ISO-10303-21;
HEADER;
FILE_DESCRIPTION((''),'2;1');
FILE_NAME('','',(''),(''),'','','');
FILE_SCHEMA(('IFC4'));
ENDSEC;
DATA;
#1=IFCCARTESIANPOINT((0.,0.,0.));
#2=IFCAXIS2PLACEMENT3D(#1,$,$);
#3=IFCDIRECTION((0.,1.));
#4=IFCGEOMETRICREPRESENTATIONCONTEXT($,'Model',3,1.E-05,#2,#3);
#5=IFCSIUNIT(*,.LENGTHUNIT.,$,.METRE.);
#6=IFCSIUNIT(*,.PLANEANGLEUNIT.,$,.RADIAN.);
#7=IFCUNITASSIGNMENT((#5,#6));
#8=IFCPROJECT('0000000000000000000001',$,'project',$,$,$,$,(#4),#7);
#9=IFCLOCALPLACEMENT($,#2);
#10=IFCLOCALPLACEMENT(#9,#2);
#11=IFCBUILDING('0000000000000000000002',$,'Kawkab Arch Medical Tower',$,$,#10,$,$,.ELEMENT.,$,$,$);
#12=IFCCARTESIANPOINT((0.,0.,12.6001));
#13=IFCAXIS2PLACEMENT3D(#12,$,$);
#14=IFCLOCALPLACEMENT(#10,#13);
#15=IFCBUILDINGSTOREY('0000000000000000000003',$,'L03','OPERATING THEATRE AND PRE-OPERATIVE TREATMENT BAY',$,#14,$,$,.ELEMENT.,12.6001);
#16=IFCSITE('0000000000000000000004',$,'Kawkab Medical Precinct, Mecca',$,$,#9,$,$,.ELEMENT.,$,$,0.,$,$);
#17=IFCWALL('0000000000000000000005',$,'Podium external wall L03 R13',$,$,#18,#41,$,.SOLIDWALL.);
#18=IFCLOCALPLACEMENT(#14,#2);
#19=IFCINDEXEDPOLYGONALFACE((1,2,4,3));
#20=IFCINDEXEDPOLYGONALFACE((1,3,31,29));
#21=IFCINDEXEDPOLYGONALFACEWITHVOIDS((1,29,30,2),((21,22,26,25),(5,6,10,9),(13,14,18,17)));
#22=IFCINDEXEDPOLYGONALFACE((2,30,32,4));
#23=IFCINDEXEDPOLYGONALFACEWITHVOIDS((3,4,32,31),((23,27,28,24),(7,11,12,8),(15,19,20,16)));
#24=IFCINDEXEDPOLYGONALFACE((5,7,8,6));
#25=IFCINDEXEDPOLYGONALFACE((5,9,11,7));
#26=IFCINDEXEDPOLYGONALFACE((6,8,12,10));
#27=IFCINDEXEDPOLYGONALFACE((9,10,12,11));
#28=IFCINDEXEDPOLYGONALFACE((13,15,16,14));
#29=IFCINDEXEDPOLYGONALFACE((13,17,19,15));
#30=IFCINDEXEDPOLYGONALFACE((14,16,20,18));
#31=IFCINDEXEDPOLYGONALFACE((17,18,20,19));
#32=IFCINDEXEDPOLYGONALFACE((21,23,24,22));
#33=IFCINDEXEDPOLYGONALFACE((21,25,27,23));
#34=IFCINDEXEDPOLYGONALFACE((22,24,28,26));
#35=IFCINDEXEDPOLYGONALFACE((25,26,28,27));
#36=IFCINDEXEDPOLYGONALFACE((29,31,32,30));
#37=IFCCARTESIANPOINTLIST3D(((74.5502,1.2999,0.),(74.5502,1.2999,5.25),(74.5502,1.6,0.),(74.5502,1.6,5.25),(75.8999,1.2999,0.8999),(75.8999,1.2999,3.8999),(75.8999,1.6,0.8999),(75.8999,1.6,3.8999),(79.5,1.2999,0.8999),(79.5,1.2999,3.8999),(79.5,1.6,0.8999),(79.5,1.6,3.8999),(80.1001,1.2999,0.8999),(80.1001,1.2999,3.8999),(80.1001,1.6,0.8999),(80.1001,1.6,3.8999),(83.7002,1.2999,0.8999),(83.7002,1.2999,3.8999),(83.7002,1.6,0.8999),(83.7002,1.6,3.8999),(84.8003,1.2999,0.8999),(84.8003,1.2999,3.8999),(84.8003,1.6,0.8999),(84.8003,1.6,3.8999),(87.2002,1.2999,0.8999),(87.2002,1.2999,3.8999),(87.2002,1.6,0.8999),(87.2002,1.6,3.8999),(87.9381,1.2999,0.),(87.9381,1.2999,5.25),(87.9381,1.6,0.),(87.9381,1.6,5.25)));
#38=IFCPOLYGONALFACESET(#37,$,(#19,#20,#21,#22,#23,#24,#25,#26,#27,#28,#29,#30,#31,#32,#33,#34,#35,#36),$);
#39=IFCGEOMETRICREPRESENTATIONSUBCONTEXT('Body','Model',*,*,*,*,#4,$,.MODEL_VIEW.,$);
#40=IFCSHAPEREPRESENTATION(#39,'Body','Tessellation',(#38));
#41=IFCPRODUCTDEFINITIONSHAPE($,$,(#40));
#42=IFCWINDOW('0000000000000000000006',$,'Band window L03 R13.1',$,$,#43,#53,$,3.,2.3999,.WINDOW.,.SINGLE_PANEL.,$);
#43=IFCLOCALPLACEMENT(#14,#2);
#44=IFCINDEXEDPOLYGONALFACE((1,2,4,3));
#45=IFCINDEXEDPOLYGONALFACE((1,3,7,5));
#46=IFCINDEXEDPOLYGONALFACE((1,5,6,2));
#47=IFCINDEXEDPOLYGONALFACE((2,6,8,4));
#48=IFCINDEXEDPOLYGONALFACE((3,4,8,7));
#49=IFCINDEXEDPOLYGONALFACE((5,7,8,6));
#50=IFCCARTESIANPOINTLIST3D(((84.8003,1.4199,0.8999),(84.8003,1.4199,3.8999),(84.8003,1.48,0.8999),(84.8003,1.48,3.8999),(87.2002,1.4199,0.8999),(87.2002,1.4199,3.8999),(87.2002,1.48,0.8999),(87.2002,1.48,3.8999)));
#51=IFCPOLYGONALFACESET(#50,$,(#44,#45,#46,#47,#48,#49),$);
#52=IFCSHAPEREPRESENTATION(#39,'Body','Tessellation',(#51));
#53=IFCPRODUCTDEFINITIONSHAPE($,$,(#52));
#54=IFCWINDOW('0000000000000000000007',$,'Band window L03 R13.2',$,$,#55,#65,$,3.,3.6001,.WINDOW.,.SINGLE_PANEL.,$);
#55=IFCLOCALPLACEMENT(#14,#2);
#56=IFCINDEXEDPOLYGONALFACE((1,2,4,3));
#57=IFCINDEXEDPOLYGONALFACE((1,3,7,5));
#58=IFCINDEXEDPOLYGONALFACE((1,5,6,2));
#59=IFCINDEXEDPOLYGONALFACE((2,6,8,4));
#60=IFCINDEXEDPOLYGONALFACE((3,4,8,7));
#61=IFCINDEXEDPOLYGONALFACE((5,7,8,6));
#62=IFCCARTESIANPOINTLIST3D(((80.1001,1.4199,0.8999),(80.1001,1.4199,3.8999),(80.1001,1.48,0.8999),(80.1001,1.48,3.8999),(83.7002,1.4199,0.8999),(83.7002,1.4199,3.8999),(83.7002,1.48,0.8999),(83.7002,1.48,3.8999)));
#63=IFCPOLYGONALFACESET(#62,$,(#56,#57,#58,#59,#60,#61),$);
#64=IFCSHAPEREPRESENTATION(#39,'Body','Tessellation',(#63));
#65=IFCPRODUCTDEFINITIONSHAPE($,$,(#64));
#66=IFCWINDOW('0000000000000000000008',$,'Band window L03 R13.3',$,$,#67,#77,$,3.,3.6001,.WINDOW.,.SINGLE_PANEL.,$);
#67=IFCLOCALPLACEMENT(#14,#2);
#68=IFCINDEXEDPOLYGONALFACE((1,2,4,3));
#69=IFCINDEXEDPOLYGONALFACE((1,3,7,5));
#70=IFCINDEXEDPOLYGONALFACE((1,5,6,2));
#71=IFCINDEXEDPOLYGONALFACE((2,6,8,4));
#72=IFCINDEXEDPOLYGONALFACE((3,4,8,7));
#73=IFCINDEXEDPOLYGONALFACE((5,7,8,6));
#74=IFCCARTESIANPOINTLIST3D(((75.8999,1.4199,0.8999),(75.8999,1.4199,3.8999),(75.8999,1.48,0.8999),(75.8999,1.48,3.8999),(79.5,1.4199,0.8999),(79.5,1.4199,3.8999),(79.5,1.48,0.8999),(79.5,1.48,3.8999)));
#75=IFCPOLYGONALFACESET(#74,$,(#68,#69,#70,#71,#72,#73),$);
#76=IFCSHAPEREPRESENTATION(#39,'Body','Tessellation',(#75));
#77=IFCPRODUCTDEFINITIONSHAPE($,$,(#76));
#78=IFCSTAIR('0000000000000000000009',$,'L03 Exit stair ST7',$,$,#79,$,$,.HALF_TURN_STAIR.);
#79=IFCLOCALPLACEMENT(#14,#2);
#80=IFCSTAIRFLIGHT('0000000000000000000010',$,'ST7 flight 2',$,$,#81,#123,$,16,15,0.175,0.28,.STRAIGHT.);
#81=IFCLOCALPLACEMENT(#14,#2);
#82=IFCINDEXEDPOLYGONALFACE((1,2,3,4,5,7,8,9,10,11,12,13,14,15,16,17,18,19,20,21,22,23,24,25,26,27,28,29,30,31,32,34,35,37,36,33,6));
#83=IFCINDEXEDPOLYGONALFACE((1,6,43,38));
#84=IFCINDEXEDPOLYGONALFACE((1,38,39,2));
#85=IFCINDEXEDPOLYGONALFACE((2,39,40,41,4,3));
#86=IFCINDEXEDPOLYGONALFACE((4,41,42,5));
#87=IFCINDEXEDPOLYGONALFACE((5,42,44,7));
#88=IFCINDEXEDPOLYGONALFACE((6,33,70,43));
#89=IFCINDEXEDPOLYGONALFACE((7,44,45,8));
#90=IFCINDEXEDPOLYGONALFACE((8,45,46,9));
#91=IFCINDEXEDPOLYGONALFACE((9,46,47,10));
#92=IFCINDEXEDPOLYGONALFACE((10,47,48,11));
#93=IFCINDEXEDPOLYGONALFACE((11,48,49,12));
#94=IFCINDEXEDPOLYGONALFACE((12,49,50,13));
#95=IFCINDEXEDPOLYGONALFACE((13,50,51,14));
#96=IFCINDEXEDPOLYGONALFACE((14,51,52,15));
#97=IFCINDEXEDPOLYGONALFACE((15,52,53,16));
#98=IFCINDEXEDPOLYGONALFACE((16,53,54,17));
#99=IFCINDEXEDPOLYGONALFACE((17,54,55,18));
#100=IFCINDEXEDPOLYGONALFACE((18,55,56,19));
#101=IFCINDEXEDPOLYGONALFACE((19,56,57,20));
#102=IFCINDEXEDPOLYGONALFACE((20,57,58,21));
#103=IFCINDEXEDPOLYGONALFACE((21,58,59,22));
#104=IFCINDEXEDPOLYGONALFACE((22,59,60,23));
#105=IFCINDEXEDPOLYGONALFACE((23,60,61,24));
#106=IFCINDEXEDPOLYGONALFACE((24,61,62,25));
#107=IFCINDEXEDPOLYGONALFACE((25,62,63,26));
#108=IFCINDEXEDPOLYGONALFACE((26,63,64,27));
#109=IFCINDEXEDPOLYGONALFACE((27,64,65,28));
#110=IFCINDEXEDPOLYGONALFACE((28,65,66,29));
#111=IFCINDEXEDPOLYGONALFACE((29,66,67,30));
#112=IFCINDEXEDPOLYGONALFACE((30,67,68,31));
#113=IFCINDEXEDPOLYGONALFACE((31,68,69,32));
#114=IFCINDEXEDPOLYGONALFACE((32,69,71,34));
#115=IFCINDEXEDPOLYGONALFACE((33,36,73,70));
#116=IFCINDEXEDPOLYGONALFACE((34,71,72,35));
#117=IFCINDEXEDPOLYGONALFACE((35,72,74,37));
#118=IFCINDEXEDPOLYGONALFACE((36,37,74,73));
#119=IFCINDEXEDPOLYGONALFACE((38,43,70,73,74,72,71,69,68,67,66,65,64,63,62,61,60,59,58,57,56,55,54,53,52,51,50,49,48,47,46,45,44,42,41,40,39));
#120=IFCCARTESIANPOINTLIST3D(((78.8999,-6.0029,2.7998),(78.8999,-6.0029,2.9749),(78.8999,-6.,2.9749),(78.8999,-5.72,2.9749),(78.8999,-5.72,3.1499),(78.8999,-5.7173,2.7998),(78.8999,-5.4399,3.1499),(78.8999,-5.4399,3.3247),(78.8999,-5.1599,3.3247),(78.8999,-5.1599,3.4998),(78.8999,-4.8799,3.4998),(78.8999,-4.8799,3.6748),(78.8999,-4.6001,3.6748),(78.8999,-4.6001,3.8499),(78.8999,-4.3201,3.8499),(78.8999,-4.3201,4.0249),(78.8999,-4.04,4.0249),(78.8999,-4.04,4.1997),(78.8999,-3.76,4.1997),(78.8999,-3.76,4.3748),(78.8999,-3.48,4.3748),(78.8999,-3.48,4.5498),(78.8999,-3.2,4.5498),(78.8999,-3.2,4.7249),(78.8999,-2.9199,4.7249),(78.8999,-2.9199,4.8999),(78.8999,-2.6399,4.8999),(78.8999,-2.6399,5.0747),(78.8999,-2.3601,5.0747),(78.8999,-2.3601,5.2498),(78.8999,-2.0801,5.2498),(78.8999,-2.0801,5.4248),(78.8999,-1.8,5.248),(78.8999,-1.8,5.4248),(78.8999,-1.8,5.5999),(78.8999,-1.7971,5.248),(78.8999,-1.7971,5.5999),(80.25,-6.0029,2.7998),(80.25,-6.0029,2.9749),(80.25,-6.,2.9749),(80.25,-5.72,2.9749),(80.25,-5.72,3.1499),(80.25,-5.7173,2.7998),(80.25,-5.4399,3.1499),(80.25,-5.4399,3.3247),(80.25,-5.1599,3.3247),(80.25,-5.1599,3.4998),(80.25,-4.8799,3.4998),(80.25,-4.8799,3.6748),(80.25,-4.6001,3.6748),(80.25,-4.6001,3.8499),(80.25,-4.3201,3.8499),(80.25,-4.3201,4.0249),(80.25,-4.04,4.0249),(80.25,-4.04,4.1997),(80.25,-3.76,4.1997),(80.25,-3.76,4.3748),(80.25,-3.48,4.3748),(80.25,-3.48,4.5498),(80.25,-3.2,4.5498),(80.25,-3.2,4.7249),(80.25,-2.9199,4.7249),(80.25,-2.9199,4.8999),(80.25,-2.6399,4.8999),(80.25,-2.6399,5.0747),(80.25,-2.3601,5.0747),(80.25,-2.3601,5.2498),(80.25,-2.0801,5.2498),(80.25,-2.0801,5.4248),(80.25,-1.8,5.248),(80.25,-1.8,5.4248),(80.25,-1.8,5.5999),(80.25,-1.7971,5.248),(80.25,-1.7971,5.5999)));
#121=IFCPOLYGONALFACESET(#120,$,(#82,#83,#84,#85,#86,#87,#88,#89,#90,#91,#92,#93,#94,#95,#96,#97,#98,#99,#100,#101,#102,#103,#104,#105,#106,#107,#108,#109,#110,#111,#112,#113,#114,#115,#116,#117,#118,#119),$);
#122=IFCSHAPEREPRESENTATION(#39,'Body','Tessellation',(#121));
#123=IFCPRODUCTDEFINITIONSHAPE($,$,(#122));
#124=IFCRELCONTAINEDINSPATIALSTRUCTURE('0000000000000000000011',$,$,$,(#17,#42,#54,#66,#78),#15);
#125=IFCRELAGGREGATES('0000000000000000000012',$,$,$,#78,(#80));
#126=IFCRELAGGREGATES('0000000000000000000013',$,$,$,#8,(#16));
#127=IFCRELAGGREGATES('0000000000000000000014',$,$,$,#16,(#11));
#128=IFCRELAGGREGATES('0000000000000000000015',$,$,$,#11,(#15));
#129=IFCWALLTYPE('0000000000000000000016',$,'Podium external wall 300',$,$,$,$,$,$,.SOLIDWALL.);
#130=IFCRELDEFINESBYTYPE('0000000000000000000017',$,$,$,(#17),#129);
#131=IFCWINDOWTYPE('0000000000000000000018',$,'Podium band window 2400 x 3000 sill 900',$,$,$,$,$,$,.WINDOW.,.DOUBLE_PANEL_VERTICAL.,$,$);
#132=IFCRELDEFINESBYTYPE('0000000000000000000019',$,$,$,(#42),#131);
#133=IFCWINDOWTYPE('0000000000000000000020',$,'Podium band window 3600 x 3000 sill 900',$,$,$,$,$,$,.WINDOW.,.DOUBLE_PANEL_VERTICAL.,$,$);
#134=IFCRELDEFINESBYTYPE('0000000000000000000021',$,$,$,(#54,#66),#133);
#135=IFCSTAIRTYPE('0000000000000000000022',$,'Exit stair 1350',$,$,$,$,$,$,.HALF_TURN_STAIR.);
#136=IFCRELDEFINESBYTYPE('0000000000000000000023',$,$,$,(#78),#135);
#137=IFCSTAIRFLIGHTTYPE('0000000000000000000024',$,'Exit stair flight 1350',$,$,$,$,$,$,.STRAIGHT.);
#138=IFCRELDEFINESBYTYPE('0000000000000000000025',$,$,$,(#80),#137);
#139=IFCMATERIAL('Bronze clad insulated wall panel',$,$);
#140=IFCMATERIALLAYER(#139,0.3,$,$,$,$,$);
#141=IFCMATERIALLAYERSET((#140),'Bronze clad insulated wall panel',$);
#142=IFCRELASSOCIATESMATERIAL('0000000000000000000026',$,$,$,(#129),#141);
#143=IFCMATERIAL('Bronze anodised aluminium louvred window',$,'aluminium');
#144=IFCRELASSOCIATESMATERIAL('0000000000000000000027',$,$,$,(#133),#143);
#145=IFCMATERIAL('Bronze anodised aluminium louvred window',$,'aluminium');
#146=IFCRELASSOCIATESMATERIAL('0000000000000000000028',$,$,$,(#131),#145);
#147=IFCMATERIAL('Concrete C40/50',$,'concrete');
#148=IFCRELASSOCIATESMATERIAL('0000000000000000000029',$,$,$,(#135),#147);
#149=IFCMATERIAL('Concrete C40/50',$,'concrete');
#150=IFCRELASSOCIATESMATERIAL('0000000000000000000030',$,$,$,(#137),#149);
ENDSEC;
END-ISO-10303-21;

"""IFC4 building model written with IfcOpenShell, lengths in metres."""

from ifc_helpers import new_model, si_unit, direction, frame, frame_2d, origin, place, context, subcontext, project, spatial, polyline, rectangle, outline, extrude, material, layer, layer_set, type_object, element, fill, aggregate, save


model = new_model("IFC4")

# Units and contexts
model_context = context("Model", 3, precision=1e-05, world=origin(), true_north=direction((0.0, 1.0)))
body_context = subcontext(model_context, "Body", "Model", "MODEL_VIEW")
ifc_project = project(units=[si_unit("LENGTHUNIT", "METRE"), si_unit("PLANEANGLEUNIT", "RADIAN")], contexts=[model_context])

# Site, building, storey
site_placement = place(None, origin())
site = spatial("IfcSite", under=ifc_project, at=site_placement, Name="Kawkab Medical Precinct, Mecca", CompositionType="ELEMENT", RefElevation=0.0)
building_placement = place(site_placement, origin())
building = spatial("IfcBuilding", under=site, at=building_placement, Name="Kawkab Arch Medical Tower", CompositionType="ELEMENT")
storey_placement = place(building_placement, frame((0.0, 0.0, 12.6001)))
storey = spatial("IfcBuildingStorey", under=building, at=storey_placement, Name="L03", Description="OPERATING THEATRE AND PRE-OPERATIVE TREATMENT BAY", CompositionType="ELEMENT", Elevation=12.6001)

# Wall, openings, windows
ifc_material_1 = material(Name="Bronze clad insulated wall panel")
ifc_layer_1 = layer(ifc_material_1, 0.3)
ifc_layer_set_1 = layer_set([ifc_layer_1], Name="Bronze clad insulated wall panel")
wall_type_1 = type_object("IfcWallType", Name="Podium external wall 300", PredefinedType="SOLIDWALL", material=ifc_layer_set_1)
ifc_material_2 = material(Name="Bronze anodised aluminium louvred window", Category="aluminium")
window_type_1 = type_object("IfcWindowType", Name="Podium band window 3600 x 3000 sill 900", PartitioningType="DOUBLE_PANEL_VERTICAL", PredefinedType="WINDOW", material=ifc_material_2)
wall_1_placement = place(storey_placement, frame((87.938, 1.45, 0.0), z_axis=(0.0, 0.0, 1.0), x_axis=(-1.0, 0.0, 0.0)))
wall_1 = element("IfcWall", 1, at=wall_1_placement, inside=storey, type_object=wall_type_1, Name="Podium external wall L03 R13", PredefinedType="SOLIDWALL", context=body_context, shape_type="SweptSolid", body=[
    extrude(rectangle(XDim=13.3879, YDim=0.3, at=frame_2d((6.6938, 0.0))), origin(), (0.0, 0.0, 1.0), 5.25),
])
opening_1_placement = place(wall_1_placement, frame((0.7378, 0.0, 0.8999)))
opening_1 = element("IfcOpeningElement", 2, at=opening_1_placement, cuts=wall_1, PredefinedType="OPENING", context=body_context, shape_type="SweptSolid", body=[
    extrude(rectangle(XDim=2.3999, YDim=3.0, at=frame_2d((1.2, 1.5))), frame((0.0, 0.1599, 0.0), z_axis=(0.0, -1.0, 0.0), x_axis=(1.0, 0.0, 0.0)), (0.0, 0.0, 1.0), 0.3201),
])
opening_2_placement = place(wall_1_placement, frame((4.2378, 0.0, 0.8999)))
opening_2 = element("IfcOpeningElement", 3, at=opening_2_placement, cuts=wall_1, PredefinedType="OPENING", context=body_context, shape_type="SweptSolid", body=[
    extrude(rectangle(XDim=3.6001, YDim=3.0, at=frame_2d((1.8, 1.5))), frame((0.0, 0.1599, 0.0), z_axis=(0.0, -1.0, 0.0), x_axis=(1.0, 0.0, 0.0)), (0.0, 0.0, 1.0), 0.3201),
])
opening_3_placement = place(wall_1_placement, frame((8.438, 0.0, 0.8999)))
opening_3 = element("IfcOpeningElement", 4, at=opening_3_placement, cuts=wall_1, PredefinedType="OPENING", context=body_context, shape_type="SweptSolid", body=[
    extrude(rectangle(XDim=3.6001, YDim=3.0, at=frame_2d((1.8, 1.5))), frame((0.0, 0.1599, 0.0), z_axis=(0.0, -1.0, 0.0), x_axis=(1.0, 0.0, 0.0)), (0.0, 0.0, 1.0), 0.3201),
])
ifc_material_3 = material(Name="Bronze anodised aluminium louvred window", Category="aluminium")
window_type_2 = type_object("IfcWindowType", Name="Podium band window 2400 x 3000 sill 900", PartitioningType="DOUBLE_PANEL_VERTICAL", PredefinedType="WINDOW", material=ifc_material_3)
window_1_placement = place(opening_1_placement, origin())
window_1 = element("IfcWindow", 5, at=window_1_placement, inside=storey, type_object=window_type_2, Name="Band window L03 R13.1", OverallHeight=3.0, OverallWidth=2.3999, PartitioningType="SINGLE_PANEL", PredefinedType="WINDOW", context=body_context, shape_type="SweptSolid", body=[
    extrude(rectangle(XDim=2.3999, YDim=3.0, at=frame_2d((1.2, 1.5))), frame((0.0, 0.03, 0.0), z_axis=(0.0, -1.0, 0.0), x_axis=(1.0, 0.0, 0.0)), (0.0, 0.0, 1.0), 0.0601),
])
fill(opening_1, window_1)
window_2_placement = place(opening_2_placement, origin())
window_2 = element("IfcWindow", 6, at=window_2_placement, inside=storey, type_object=window_type_1, Name="Band window L03 R13.2", OverallHeight=3.0, OverallWidth=3.6001, PartitioningType="SINGLE_PANEL", PredefinedType="WINDOW", context=body_context, shape_type="SweptSolid", body=[
    extrude(rectangle(XDim=3.6001, YDim=3.0, at=frame_2d((1.8, 1.5))), frame((0.0, 0.03, 0.0), z_axis=(0.0, -1.0, 0.0), x_axis=(1.0, 0.0, 0.0)), (0.0, 0.0, 1.0), 0.0601),
])
fill(opening_2, window_2)
window_3_placement = place(opening_3_placement, origin())
window_3 = element("IfcWindow", 7, at=window_3_placement, inside=storey, type_object=window_type_1, Name="Band window L03 R13.3", OverallHeight=3.0, OverallWidth=3.6001, PartitioningType="SINGLE_PANEL", PredefinedType="WINDOW", context=body_context, shape_type="SweptSolid", body=[
    extrude(rectangle(XDim=3.6001, YDim=3.0, at=frame_2d((1.8, 1.5))), frame((0.0, 0.03, 0.0), z_axis=(0.0, -1.0, 0.0), x_axis=(1.0, 0.0, 0.0)), (0.0, 0.0, 1.0), 0.0601),
])
fill(opening_3, window_3)

# Stair, stair flight
ifc_material_4 = material(Name="Concrete C40/50", Category="concrete")
stair_type = type_object("IfcStairType", Name="Exit stair 1350", PredefinedType="HALF_TURN_STAIR", material=ifc_material_4)
stair_placement = place(storey_placement, origin())
stair = element("IfcStair", 8, at=stair_placement, inside=storey, type_object=stair_type, Name="L03 Exit stair ST7", PredefinedType="HALF_TURN_STAIR")
ifc_material_5 = material(Name="Concrete C40/50", Category="concrete")
stair_flight_type = type_object("IfcStairFlightType", Name="Exit stair flight 1350", PredefinedType="STRAIGHT", material=ifc_material_5)
stair_flight_placement = place(storey_placement, frame((79.575, -6.0, 2.7998), z_axis=(0.0, 0.0, 1.0), x_axis=(0.0, 1.0, 0.0)))
stair_flight = element("IfcStairFlight", 9, at=stair_flight_placement, type_object=stair_flight_type, Name="ST7 flight 2", NumberOfRisers=16, NumberOfTreads=15, PredefinedType="STRAIGHT", RiserHeight=0.175, TreadLength=0.28, context=body_context, shape_type="SweptSolid", body=[
    extrude(outline(polyline([(-0.0029, 0.0), (-0.0029, 0.175), (0.0, 0.175), (0.28, 0.175), (0.28, 0.3501), (0.5601, 0.3501), (0.5601, 0.5249), (0.8401, 0.5249), (0.8401, 0.7), (1.1201, 0.7), (1.1201, 0.875), (1.3999, 0.875), (1.3999, 1.05), (1.6799, 1.05), (1.6799, 1.2251), (1.96, 1.2251), (1.96, 1.3999), (2.24, 1.3999), (2.24, 1.575), (2.52, 1.575), (2.52, 1.75), (2.8, 1.75), (2.8, 1.925), (3.0801, 1.925), (3.0801, 2.1001), (3.3601, 2.1001), (3.3601, 2.2749), (3.6399, 2.2749), (3.6399, 2.45), (3.9199, 2.45), (3.9199, 2.625), (4.2, 2.625), (4.2, 2.8), (4.2029, 2.8), (4.2029, 2.4482), (4.2, 2.4482), (0.2827, 0.0), (-0.0029, 0.0)])), frame((0.0, 0.675, 0.0), z_axis=(0.0, -1.0, 0.0), x_axis=(1.0, 0.0, 0.0)), (0.0, 0.0, 1.0), 1.3501),
])
aggregate(stair, [stair_flight])

save(model, "model.ifc")
